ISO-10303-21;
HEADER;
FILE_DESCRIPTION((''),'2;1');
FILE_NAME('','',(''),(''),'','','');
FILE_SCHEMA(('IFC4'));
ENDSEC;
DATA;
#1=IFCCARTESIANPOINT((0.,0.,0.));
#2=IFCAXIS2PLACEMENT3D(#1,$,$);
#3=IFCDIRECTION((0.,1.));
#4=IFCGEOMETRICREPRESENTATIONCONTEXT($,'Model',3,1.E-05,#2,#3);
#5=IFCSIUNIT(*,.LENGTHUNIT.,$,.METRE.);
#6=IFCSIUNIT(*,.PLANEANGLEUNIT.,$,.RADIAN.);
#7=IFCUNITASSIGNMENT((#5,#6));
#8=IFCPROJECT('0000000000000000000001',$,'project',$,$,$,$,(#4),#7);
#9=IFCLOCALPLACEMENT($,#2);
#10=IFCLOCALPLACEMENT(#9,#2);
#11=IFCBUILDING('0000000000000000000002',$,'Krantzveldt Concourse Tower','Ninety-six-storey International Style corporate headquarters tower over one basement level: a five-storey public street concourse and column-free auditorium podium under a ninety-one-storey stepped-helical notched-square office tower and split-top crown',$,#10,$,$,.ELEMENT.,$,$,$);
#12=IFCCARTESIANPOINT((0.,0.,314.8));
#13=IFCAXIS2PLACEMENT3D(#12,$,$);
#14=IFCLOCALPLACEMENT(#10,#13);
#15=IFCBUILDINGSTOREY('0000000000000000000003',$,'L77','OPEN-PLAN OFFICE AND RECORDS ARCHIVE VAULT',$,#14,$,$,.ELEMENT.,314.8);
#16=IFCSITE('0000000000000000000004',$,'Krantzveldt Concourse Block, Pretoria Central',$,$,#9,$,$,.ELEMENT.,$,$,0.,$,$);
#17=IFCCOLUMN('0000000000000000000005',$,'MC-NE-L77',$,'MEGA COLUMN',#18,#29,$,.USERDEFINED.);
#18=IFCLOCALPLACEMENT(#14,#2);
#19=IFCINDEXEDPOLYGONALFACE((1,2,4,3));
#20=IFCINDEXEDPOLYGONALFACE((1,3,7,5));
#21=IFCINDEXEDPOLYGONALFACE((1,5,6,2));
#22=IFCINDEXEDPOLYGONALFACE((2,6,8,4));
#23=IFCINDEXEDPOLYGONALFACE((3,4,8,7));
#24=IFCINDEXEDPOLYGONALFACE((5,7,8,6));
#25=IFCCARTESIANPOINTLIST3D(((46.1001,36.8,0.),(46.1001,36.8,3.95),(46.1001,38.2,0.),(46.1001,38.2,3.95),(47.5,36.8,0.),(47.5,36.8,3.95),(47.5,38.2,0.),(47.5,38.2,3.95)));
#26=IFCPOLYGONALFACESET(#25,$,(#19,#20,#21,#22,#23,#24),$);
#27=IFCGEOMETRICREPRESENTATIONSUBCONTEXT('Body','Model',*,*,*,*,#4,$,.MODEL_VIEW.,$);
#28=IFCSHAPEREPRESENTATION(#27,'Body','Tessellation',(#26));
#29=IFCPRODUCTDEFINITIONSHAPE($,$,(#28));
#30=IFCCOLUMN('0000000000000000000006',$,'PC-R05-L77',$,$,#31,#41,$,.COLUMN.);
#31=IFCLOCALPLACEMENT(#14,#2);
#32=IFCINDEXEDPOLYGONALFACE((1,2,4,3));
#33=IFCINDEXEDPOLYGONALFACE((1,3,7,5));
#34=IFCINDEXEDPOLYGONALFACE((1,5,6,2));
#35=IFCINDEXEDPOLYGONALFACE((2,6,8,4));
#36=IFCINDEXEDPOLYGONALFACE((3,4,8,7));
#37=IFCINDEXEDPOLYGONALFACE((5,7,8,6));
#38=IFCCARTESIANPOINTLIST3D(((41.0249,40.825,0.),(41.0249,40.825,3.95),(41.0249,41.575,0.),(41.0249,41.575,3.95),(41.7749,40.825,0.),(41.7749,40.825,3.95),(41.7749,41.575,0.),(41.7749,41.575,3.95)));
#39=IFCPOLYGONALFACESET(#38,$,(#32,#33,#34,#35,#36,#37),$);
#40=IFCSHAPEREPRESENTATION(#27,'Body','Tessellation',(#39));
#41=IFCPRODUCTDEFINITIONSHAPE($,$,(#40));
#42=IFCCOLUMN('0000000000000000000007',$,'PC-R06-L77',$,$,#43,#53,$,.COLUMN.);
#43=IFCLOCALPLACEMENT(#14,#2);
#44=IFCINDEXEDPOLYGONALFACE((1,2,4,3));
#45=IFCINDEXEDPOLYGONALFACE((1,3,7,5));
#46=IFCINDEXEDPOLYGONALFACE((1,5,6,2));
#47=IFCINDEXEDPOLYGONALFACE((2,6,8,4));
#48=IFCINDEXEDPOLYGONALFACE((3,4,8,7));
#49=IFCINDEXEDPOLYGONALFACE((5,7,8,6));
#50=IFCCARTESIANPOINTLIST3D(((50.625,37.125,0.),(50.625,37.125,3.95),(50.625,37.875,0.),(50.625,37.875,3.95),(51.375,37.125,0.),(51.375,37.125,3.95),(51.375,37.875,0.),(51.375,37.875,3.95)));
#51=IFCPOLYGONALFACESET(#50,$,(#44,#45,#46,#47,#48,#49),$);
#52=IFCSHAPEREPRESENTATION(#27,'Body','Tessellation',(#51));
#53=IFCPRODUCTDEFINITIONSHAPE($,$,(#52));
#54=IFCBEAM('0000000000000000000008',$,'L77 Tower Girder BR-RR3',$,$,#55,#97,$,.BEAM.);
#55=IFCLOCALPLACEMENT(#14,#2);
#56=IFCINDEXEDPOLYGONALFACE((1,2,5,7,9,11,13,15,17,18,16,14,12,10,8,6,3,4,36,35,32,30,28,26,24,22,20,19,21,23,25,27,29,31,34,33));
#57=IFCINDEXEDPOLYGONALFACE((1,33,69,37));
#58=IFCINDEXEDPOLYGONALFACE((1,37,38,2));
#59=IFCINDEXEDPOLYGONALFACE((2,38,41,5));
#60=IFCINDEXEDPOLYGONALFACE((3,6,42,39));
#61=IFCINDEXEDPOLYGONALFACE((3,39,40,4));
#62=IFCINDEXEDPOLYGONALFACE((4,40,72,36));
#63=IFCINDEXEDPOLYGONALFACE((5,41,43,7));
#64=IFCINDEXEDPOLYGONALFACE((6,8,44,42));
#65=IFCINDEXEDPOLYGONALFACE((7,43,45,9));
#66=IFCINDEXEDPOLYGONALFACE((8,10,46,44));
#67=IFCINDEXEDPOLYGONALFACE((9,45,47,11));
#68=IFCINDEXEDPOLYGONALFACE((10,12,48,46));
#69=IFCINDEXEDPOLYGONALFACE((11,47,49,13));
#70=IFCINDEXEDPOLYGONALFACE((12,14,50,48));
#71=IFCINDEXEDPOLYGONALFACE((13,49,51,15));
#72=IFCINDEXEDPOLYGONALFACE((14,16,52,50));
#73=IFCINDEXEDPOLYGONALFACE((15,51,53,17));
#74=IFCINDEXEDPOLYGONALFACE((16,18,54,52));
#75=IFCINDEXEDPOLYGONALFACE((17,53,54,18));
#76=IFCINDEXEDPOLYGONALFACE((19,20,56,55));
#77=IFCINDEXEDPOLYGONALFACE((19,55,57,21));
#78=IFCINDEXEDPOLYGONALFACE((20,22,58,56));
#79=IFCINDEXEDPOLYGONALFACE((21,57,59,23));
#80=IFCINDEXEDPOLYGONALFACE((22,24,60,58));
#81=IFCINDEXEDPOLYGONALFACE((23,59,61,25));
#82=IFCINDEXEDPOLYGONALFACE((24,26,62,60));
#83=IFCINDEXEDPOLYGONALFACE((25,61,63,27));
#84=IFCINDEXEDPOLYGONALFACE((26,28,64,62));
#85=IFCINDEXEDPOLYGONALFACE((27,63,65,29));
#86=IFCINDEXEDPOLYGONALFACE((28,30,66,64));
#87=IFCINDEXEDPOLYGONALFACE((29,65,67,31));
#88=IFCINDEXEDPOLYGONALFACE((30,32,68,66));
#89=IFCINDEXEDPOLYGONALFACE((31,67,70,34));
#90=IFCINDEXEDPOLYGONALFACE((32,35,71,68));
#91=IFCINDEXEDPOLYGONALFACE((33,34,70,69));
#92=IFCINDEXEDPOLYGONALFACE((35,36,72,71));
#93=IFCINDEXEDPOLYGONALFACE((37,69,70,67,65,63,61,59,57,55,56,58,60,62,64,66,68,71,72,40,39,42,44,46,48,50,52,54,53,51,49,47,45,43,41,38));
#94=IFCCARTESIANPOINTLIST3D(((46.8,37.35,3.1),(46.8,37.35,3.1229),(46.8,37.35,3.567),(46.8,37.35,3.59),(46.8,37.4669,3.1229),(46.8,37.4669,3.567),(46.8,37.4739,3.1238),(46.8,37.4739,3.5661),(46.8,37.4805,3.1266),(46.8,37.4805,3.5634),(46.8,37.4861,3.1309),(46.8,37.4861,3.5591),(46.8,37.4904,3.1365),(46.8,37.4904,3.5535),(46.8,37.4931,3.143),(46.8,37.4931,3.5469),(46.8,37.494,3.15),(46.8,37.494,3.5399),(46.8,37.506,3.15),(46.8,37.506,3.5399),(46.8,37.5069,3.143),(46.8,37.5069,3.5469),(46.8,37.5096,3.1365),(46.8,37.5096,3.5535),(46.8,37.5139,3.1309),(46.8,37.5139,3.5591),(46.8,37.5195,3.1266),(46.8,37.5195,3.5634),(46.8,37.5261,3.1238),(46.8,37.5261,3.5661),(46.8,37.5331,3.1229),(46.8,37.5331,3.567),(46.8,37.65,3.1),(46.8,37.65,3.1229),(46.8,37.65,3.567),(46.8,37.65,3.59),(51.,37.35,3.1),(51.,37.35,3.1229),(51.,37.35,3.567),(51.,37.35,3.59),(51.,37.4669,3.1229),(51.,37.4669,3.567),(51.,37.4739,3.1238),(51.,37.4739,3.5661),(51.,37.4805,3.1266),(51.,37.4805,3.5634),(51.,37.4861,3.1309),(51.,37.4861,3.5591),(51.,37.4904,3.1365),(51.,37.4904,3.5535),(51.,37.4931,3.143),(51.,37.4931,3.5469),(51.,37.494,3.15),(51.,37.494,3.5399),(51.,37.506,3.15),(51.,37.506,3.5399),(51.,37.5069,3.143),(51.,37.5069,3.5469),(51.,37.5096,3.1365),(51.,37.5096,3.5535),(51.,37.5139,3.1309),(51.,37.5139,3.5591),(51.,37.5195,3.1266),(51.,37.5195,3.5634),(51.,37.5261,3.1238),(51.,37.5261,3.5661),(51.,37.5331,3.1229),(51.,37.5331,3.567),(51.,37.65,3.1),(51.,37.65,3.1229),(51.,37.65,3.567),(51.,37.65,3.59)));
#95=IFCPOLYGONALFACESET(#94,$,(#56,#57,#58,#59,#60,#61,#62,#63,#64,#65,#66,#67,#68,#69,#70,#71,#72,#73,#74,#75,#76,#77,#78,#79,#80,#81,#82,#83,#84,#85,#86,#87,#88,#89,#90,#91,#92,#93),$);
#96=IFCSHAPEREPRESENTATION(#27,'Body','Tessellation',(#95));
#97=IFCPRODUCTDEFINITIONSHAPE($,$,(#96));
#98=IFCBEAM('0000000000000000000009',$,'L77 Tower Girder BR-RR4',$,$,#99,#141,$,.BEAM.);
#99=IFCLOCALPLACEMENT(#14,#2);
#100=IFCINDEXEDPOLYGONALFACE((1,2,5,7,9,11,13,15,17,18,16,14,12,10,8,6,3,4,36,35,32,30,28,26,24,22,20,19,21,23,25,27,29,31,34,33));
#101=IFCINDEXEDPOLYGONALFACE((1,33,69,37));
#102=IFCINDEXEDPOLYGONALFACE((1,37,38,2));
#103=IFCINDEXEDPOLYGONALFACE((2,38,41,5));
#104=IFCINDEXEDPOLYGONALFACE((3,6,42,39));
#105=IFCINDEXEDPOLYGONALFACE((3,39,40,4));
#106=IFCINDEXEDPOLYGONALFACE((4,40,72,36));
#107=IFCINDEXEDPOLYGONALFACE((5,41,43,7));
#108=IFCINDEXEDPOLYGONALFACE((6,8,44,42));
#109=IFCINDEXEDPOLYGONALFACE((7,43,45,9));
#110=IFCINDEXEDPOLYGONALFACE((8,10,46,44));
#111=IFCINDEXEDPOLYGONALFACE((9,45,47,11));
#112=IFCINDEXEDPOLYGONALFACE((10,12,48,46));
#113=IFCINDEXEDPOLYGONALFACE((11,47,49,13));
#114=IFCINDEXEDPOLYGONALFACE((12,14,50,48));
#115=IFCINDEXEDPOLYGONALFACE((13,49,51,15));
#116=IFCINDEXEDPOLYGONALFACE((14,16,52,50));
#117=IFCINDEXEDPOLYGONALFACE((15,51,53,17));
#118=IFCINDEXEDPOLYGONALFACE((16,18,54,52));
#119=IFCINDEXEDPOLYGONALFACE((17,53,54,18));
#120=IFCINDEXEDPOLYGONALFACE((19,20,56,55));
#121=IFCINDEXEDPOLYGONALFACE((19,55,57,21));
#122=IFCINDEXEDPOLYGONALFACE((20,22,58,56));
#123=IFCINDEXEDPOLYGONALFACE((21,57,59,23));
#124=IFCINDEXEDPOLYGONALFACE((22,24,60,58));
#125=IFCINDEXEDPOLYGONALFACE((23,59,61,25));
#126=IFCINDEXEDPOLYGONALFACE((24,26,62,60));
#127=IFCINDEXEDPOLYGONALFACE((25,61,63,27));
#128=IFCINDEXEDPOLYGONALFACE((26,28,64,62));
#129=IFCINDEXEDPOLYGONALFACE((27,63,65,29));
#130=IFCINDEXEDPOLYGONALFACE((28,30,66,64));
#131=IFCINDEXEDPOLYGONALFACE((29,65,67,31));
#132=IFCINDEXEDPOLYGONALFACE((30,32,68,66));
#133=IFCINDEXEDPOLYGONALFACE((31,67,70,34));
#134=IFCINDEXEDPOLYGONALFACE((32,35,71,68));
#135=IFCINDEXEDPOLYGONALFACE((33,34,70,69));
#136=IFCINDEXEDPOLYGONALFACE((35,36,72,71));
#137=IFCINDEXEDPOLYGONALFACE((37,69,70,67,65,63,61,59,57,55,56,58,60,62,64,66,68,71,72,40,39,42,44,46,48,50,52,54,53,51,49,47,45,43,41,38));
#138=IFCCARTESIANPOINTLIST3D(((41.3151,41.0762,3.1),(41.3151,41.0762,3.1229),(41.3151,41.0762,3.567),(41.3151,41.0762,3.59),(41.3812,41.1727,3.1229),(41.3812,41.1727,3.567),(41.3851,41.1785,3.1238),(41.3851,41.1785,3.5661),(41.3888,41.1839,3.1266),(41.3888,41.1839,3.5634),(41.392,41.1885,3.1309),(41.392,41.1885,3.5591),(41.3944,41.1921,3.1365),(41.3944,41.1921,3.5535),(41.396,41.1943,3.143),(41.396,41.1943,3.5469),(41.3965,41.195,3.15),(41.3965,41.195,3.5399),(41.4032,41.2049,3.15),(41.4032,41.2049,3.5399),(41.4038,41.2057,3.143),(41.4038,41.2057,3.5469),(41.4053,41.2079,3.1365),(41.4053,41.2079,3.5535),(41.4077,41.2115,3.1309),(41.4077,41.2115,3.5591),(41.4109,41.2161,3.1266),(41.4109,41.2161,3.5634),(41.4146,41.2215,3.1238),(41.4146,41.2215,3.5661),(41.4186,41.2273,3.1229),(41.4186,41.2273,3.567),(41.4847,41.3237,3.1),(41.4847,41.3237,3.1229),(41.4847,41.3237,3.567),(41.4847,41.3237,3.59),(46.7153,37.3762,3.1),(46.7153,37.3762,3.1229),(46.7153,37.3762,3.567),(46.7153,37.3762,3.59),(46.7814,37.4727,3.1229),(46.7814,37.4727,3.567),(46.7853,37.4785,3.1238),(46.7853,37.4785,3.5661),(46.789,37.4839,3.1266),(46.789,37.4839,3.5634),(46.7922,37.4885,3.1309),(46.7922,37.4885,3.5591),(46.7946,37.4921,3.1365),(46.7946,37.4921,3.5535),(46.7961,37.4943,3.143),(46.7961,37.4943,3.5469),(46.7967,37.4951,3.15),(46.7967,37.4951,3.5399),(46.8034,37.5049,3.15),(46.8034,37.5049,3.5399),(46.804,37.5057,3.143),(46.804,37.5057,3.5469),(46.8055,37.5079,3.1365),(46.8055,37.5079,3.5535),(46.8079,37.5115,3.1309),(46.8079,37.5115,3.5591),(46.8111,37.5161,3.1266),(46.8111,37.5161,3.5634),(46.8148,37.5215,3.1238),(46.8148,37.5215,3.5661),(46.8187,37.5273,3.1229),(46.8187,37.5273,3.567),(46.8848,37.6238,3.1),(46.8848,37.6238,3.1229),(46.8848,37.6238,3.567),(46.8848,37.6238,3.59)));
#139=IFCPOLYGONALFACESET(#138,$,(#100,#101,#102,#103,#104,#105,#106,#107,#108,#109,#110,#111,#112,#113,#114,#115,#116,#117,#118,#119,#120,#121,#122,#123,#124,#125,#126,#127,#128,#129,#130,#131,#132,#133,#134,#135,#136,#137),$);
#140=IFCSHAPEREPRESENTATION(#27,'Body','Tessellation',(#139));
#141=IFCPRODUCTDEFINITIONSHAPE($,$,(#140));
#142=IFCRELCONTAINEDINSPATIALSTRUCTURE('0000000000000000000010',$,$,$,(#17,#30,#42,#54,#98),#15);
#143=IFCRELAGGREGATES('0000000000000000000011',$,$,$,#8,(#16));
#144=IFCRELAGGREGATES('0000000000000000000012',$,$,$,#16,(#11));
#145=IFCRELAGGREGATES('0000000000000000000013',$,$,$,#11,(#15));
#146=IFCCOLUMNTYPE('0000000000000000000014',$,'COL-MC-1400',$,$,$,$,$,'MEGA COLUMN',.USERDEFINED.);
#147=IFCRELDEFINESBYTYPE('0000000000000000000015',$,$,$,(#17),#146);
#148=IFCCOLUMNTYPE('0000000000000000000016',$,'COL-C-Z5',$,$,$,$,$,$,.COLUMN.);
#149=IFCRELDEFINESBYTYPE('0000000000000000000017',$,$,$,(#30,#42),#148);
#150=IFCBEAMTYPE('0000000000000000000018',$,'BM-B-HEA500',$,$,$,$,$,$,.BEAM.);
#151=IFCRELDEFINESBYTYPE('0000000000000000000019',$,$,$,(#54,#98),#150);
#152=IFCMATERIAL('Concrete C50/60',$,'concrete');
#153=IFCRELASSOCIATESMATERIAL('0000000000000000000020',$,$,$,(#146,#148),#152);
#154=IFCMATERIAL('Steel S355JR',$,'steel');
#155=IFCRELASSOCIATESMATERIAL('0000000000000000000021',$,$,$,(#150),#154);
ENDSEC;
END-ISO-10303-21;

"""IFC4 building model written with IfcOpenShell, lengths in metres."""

from ifc_helpers import new_model, si_unit, direction, frame, origin, origin_2d, place, context, subcontext, project, spatial, rectangle, i_section, extrude, source, transform, mapped, material, material_profile, profile_set, type_object, type_shapes, element, save


model = new_model("IFC4")

# Units and contexts
model_context = context("Model", 3, precision=1e-05, world=origin(), true_north=direction((0.0, 1.0)))
body_context = subcontext(model_context, "Body", "Model", "MODEL_VIEW")
ifc_project = project(units=[si_unit("LENGTHUNIT", "METRE"), si_unit("PLANEANGLEUNIT", "RADIAN")], contexts=[model_context])

# Site, building, storey
site_placement = place(None, origin())
site = spatial("IfcSite", under=ifc_project, at=site_placement, Name="Krantzveldt Concourse Block, Pretoria Central", CompositionType="ELEMENT", RefElevation=0.0)
building_placement = place(site_placement, origin())
building = spatial("IfcBuilding", under=site, at=building_placement, Name="Krantzveldt Concourse Tower", Description="Ninety-six-storey International Style corporate headquarters tower over one basement level: a five-storey public street concourse and column-free auditorium podium under a ninety-one-storey stepped-helical notched-square office tower and split-top crown", CompositionType="ELEMENT")
storey_placement = place(building_placement, frame((0.0, 0.0, 314.8)))
storey = spatial("IfcBuildingStorey", under=building, at=storey_placement, Name="L77", Description="OPEN-PLAN OFFICE AND RECORDS ARCHIVE VAULT", CompositionType="ELEMENT", Elevation=314.8)

# Columns
ifc_material_1 = material(Name="Concrete C50/60", Category="concrete")
ifc_material_profile_1 = material_profile(ifc_material_1, rectangle(XDim=1.3999, YDim=1.3999, at=origin_2d()), Name="Concrete C50/60", Category="concrete")
ifc_profile_set_1 = profile_set([ifc_material_profile_1], Name="Concrete C50/60 - RC 1400x1400")
column_type_1 = type_object("IfcColumnType", Name="COL-MC-1400", ElementType="MEGA COLUMN", PredefinedType="USERDEFINED", material=ifc_profile_set_1)
shared_shape_1 = source(origin(), body_context, "Body", "SweptSolid", [
    extrude(rectangle(XDim=1.3999, YDim=1.3999, at=origin_2d()), origin(), (0.0, 0.0, 1.0), 3.95),
])
type_shapes(column_type_1, [shared_shape_1])
column_placement = place(storey_placement, frame((46.8, 37.5, 0.0), z_axis=(0.0, 0.0, 1.0), x_axis=(1.0, 0.0, 0.0)))
element("IfcColumn", 1, at=column_placement, inside=storey, type_object=column_type_1, Name="MC-NE-L77", ObjectType="MEGA COLUMN", PredefinedType="USERDEFINED", context=body_context, shape_type="MappedRepresentation", body=[
    mapped(shared_shape_1, transform((0.0, 0.0, 0.0), x_axis=(1.0, 0.0, 0.0), y_axis=(0.0, 1.0, 0.0), z_axis=(0.0, 0.0, 1.0), scale=1.0)),
])
ifc_material_profile_2 = material_profile(ifc_material_1, rectangle(XDim=0.75, YDim=0.75, at=origin_2d()), Name="Concrete C50/60", Category="concrete")
ifc_profile_set_2 = profile_set([ifc_material_profile_2], Name="Concrete C50/60 - RC 750x750")
column_type_2 = type_object("IfcColumnType", Name="COL-C-Z5", PredefinedType="COLUMN", material=ifc_profile_set_2)
shared_shape_2 = source(origin(), body_context, "Body", "SweptSolid", [
    extrude(rectangle(XDim=0.75, YDim=0.75, at=origin_2d()), origin(), (0.0, 0.0, 1.0), 3.95),
])
type_shapes(column_type_2, [shared_shape_2])
for number, where, z_axis, x_axis, name in (
    (2, (41.3999, 41.2, 0.0), (0.0, 0.0, 1.0), (1.0, 0.0, 0.0), "PC-R05-L77"),
    (3, (51.0, 37.5, 0.0), (0.0, 0.0, 1.0), (1.0, 0.0, 0.0), "PC-R06-L77"),
):
    element("IfcColumn", number, at=place(storey_placement, frame(where, z_axis=z_axis, x_axis=x_axis)), inside=storey, type_object=column_type_2, Name=name, PredefinedType="COLUMN", context=body_context, shape_type="MappedRepresentation", body=[
        mapped(shared_shape_2, transform((0.0, 0.0, 0.0), x_axis=(1.0, 0.0, 0.0), y_axis=(0.0, 1.0, 0.0), z_axis=(0.0, 0.0, 1.0), scale=1.0)),
    ])

# Beams
ifc_material_2 = material(Name="Steel S355JR", Category="steel")
ifc_material_profile_3 = material_profile(ifc_material_2, i_section(OverallWidth=0.3, OverallDepth=0.49, WebThickness=0.012, FlangeThickness=0.0229, FilletRadius=0.0271, at=origin_2d()), Name="Steel S355JR", Category="steel")
ifc_profile_set_3 = profile_set([ifc_material_profile_3], Name="Steel S355JR - HEA 500")
beam_type_1 = type_object("IfcBeamType", Name="BM-B-HEA500", PredefinedType="BEAM", material=ifc_profile_set_3)
shared_shape_3 = source(origin(), body_context, "Body", "SweptSolid", [
    extrude(i_section(OverallWidth=0.3, OverallDepth=0.49, WebThickness=0.012, FlangeThickness=0.0229, FilletRadius=0.0271, at=origin_2d()), origin(), (0.0, 0.0, 1.0), 4.2),
])
beam_1_placement = place(storey_placement, frame((46.8, 37.5, 3.345), z_axis=(1.0, 0.0, 0.0), x_axis=(0.0, 1.0, 0.0)))
element("IfcBeam", 4, at=beam_1_placement, inside=storey, type_object=beam_type_1, Name="L77 Tower Girder BR-RR3", PredefinedType="BEAM", context=body_context, shape_type="MappedRepresentation", body=[
    mapped(shared_shape_3, transform((0.0, 0.0, 0.0), x_axis=(1.0, 0.0, 0.0), y_axis=(0.0, 1.0, 0.0), z_axis=(0.0, 0.0, 1.0), scale=1.0)),
])
shared_shape_4 = source(origin(), body_context, "Body", "SweptSolid", [
    extrude(i_section(OverallWidth=0.3, OverallDepth=0.49, WebThickness=0.012, FlangeThickness=0.0229, FilletRadius=0.0271, at=origin_2d()), origin(), (0.0, 0.0, 1.0), 6.5461),
])
type_shapes(beam_type_1, [shared_shape_3, shared_shape_4])
beam_2_placement = place(storey_placement, frame((46.8, 37.5, 3.345), z_axis=(-0.824943, 0.565216, 0.0), x_axis=(-0.565216, -0.824943, 0.0)))
element("IfcBeam", 5, at=beam_2_placement, inside=storey, type_object=beam_type_1, Name="L77 Tower Girder BR-RR4", PredefinedType="BEAM", context=body_context, shape_type="MappedRepresentation", body=[
    mapped(shared_shape_4, transform((0.0, 0.0, 0.0), x_axis=(1.0, 0.0, 0.0), y_axis=(0.0, 1.0, 0.0), z_axis=(0.0, 0.0, 1.0), scale=1.0)),
])

save(model, "model.ifc")
